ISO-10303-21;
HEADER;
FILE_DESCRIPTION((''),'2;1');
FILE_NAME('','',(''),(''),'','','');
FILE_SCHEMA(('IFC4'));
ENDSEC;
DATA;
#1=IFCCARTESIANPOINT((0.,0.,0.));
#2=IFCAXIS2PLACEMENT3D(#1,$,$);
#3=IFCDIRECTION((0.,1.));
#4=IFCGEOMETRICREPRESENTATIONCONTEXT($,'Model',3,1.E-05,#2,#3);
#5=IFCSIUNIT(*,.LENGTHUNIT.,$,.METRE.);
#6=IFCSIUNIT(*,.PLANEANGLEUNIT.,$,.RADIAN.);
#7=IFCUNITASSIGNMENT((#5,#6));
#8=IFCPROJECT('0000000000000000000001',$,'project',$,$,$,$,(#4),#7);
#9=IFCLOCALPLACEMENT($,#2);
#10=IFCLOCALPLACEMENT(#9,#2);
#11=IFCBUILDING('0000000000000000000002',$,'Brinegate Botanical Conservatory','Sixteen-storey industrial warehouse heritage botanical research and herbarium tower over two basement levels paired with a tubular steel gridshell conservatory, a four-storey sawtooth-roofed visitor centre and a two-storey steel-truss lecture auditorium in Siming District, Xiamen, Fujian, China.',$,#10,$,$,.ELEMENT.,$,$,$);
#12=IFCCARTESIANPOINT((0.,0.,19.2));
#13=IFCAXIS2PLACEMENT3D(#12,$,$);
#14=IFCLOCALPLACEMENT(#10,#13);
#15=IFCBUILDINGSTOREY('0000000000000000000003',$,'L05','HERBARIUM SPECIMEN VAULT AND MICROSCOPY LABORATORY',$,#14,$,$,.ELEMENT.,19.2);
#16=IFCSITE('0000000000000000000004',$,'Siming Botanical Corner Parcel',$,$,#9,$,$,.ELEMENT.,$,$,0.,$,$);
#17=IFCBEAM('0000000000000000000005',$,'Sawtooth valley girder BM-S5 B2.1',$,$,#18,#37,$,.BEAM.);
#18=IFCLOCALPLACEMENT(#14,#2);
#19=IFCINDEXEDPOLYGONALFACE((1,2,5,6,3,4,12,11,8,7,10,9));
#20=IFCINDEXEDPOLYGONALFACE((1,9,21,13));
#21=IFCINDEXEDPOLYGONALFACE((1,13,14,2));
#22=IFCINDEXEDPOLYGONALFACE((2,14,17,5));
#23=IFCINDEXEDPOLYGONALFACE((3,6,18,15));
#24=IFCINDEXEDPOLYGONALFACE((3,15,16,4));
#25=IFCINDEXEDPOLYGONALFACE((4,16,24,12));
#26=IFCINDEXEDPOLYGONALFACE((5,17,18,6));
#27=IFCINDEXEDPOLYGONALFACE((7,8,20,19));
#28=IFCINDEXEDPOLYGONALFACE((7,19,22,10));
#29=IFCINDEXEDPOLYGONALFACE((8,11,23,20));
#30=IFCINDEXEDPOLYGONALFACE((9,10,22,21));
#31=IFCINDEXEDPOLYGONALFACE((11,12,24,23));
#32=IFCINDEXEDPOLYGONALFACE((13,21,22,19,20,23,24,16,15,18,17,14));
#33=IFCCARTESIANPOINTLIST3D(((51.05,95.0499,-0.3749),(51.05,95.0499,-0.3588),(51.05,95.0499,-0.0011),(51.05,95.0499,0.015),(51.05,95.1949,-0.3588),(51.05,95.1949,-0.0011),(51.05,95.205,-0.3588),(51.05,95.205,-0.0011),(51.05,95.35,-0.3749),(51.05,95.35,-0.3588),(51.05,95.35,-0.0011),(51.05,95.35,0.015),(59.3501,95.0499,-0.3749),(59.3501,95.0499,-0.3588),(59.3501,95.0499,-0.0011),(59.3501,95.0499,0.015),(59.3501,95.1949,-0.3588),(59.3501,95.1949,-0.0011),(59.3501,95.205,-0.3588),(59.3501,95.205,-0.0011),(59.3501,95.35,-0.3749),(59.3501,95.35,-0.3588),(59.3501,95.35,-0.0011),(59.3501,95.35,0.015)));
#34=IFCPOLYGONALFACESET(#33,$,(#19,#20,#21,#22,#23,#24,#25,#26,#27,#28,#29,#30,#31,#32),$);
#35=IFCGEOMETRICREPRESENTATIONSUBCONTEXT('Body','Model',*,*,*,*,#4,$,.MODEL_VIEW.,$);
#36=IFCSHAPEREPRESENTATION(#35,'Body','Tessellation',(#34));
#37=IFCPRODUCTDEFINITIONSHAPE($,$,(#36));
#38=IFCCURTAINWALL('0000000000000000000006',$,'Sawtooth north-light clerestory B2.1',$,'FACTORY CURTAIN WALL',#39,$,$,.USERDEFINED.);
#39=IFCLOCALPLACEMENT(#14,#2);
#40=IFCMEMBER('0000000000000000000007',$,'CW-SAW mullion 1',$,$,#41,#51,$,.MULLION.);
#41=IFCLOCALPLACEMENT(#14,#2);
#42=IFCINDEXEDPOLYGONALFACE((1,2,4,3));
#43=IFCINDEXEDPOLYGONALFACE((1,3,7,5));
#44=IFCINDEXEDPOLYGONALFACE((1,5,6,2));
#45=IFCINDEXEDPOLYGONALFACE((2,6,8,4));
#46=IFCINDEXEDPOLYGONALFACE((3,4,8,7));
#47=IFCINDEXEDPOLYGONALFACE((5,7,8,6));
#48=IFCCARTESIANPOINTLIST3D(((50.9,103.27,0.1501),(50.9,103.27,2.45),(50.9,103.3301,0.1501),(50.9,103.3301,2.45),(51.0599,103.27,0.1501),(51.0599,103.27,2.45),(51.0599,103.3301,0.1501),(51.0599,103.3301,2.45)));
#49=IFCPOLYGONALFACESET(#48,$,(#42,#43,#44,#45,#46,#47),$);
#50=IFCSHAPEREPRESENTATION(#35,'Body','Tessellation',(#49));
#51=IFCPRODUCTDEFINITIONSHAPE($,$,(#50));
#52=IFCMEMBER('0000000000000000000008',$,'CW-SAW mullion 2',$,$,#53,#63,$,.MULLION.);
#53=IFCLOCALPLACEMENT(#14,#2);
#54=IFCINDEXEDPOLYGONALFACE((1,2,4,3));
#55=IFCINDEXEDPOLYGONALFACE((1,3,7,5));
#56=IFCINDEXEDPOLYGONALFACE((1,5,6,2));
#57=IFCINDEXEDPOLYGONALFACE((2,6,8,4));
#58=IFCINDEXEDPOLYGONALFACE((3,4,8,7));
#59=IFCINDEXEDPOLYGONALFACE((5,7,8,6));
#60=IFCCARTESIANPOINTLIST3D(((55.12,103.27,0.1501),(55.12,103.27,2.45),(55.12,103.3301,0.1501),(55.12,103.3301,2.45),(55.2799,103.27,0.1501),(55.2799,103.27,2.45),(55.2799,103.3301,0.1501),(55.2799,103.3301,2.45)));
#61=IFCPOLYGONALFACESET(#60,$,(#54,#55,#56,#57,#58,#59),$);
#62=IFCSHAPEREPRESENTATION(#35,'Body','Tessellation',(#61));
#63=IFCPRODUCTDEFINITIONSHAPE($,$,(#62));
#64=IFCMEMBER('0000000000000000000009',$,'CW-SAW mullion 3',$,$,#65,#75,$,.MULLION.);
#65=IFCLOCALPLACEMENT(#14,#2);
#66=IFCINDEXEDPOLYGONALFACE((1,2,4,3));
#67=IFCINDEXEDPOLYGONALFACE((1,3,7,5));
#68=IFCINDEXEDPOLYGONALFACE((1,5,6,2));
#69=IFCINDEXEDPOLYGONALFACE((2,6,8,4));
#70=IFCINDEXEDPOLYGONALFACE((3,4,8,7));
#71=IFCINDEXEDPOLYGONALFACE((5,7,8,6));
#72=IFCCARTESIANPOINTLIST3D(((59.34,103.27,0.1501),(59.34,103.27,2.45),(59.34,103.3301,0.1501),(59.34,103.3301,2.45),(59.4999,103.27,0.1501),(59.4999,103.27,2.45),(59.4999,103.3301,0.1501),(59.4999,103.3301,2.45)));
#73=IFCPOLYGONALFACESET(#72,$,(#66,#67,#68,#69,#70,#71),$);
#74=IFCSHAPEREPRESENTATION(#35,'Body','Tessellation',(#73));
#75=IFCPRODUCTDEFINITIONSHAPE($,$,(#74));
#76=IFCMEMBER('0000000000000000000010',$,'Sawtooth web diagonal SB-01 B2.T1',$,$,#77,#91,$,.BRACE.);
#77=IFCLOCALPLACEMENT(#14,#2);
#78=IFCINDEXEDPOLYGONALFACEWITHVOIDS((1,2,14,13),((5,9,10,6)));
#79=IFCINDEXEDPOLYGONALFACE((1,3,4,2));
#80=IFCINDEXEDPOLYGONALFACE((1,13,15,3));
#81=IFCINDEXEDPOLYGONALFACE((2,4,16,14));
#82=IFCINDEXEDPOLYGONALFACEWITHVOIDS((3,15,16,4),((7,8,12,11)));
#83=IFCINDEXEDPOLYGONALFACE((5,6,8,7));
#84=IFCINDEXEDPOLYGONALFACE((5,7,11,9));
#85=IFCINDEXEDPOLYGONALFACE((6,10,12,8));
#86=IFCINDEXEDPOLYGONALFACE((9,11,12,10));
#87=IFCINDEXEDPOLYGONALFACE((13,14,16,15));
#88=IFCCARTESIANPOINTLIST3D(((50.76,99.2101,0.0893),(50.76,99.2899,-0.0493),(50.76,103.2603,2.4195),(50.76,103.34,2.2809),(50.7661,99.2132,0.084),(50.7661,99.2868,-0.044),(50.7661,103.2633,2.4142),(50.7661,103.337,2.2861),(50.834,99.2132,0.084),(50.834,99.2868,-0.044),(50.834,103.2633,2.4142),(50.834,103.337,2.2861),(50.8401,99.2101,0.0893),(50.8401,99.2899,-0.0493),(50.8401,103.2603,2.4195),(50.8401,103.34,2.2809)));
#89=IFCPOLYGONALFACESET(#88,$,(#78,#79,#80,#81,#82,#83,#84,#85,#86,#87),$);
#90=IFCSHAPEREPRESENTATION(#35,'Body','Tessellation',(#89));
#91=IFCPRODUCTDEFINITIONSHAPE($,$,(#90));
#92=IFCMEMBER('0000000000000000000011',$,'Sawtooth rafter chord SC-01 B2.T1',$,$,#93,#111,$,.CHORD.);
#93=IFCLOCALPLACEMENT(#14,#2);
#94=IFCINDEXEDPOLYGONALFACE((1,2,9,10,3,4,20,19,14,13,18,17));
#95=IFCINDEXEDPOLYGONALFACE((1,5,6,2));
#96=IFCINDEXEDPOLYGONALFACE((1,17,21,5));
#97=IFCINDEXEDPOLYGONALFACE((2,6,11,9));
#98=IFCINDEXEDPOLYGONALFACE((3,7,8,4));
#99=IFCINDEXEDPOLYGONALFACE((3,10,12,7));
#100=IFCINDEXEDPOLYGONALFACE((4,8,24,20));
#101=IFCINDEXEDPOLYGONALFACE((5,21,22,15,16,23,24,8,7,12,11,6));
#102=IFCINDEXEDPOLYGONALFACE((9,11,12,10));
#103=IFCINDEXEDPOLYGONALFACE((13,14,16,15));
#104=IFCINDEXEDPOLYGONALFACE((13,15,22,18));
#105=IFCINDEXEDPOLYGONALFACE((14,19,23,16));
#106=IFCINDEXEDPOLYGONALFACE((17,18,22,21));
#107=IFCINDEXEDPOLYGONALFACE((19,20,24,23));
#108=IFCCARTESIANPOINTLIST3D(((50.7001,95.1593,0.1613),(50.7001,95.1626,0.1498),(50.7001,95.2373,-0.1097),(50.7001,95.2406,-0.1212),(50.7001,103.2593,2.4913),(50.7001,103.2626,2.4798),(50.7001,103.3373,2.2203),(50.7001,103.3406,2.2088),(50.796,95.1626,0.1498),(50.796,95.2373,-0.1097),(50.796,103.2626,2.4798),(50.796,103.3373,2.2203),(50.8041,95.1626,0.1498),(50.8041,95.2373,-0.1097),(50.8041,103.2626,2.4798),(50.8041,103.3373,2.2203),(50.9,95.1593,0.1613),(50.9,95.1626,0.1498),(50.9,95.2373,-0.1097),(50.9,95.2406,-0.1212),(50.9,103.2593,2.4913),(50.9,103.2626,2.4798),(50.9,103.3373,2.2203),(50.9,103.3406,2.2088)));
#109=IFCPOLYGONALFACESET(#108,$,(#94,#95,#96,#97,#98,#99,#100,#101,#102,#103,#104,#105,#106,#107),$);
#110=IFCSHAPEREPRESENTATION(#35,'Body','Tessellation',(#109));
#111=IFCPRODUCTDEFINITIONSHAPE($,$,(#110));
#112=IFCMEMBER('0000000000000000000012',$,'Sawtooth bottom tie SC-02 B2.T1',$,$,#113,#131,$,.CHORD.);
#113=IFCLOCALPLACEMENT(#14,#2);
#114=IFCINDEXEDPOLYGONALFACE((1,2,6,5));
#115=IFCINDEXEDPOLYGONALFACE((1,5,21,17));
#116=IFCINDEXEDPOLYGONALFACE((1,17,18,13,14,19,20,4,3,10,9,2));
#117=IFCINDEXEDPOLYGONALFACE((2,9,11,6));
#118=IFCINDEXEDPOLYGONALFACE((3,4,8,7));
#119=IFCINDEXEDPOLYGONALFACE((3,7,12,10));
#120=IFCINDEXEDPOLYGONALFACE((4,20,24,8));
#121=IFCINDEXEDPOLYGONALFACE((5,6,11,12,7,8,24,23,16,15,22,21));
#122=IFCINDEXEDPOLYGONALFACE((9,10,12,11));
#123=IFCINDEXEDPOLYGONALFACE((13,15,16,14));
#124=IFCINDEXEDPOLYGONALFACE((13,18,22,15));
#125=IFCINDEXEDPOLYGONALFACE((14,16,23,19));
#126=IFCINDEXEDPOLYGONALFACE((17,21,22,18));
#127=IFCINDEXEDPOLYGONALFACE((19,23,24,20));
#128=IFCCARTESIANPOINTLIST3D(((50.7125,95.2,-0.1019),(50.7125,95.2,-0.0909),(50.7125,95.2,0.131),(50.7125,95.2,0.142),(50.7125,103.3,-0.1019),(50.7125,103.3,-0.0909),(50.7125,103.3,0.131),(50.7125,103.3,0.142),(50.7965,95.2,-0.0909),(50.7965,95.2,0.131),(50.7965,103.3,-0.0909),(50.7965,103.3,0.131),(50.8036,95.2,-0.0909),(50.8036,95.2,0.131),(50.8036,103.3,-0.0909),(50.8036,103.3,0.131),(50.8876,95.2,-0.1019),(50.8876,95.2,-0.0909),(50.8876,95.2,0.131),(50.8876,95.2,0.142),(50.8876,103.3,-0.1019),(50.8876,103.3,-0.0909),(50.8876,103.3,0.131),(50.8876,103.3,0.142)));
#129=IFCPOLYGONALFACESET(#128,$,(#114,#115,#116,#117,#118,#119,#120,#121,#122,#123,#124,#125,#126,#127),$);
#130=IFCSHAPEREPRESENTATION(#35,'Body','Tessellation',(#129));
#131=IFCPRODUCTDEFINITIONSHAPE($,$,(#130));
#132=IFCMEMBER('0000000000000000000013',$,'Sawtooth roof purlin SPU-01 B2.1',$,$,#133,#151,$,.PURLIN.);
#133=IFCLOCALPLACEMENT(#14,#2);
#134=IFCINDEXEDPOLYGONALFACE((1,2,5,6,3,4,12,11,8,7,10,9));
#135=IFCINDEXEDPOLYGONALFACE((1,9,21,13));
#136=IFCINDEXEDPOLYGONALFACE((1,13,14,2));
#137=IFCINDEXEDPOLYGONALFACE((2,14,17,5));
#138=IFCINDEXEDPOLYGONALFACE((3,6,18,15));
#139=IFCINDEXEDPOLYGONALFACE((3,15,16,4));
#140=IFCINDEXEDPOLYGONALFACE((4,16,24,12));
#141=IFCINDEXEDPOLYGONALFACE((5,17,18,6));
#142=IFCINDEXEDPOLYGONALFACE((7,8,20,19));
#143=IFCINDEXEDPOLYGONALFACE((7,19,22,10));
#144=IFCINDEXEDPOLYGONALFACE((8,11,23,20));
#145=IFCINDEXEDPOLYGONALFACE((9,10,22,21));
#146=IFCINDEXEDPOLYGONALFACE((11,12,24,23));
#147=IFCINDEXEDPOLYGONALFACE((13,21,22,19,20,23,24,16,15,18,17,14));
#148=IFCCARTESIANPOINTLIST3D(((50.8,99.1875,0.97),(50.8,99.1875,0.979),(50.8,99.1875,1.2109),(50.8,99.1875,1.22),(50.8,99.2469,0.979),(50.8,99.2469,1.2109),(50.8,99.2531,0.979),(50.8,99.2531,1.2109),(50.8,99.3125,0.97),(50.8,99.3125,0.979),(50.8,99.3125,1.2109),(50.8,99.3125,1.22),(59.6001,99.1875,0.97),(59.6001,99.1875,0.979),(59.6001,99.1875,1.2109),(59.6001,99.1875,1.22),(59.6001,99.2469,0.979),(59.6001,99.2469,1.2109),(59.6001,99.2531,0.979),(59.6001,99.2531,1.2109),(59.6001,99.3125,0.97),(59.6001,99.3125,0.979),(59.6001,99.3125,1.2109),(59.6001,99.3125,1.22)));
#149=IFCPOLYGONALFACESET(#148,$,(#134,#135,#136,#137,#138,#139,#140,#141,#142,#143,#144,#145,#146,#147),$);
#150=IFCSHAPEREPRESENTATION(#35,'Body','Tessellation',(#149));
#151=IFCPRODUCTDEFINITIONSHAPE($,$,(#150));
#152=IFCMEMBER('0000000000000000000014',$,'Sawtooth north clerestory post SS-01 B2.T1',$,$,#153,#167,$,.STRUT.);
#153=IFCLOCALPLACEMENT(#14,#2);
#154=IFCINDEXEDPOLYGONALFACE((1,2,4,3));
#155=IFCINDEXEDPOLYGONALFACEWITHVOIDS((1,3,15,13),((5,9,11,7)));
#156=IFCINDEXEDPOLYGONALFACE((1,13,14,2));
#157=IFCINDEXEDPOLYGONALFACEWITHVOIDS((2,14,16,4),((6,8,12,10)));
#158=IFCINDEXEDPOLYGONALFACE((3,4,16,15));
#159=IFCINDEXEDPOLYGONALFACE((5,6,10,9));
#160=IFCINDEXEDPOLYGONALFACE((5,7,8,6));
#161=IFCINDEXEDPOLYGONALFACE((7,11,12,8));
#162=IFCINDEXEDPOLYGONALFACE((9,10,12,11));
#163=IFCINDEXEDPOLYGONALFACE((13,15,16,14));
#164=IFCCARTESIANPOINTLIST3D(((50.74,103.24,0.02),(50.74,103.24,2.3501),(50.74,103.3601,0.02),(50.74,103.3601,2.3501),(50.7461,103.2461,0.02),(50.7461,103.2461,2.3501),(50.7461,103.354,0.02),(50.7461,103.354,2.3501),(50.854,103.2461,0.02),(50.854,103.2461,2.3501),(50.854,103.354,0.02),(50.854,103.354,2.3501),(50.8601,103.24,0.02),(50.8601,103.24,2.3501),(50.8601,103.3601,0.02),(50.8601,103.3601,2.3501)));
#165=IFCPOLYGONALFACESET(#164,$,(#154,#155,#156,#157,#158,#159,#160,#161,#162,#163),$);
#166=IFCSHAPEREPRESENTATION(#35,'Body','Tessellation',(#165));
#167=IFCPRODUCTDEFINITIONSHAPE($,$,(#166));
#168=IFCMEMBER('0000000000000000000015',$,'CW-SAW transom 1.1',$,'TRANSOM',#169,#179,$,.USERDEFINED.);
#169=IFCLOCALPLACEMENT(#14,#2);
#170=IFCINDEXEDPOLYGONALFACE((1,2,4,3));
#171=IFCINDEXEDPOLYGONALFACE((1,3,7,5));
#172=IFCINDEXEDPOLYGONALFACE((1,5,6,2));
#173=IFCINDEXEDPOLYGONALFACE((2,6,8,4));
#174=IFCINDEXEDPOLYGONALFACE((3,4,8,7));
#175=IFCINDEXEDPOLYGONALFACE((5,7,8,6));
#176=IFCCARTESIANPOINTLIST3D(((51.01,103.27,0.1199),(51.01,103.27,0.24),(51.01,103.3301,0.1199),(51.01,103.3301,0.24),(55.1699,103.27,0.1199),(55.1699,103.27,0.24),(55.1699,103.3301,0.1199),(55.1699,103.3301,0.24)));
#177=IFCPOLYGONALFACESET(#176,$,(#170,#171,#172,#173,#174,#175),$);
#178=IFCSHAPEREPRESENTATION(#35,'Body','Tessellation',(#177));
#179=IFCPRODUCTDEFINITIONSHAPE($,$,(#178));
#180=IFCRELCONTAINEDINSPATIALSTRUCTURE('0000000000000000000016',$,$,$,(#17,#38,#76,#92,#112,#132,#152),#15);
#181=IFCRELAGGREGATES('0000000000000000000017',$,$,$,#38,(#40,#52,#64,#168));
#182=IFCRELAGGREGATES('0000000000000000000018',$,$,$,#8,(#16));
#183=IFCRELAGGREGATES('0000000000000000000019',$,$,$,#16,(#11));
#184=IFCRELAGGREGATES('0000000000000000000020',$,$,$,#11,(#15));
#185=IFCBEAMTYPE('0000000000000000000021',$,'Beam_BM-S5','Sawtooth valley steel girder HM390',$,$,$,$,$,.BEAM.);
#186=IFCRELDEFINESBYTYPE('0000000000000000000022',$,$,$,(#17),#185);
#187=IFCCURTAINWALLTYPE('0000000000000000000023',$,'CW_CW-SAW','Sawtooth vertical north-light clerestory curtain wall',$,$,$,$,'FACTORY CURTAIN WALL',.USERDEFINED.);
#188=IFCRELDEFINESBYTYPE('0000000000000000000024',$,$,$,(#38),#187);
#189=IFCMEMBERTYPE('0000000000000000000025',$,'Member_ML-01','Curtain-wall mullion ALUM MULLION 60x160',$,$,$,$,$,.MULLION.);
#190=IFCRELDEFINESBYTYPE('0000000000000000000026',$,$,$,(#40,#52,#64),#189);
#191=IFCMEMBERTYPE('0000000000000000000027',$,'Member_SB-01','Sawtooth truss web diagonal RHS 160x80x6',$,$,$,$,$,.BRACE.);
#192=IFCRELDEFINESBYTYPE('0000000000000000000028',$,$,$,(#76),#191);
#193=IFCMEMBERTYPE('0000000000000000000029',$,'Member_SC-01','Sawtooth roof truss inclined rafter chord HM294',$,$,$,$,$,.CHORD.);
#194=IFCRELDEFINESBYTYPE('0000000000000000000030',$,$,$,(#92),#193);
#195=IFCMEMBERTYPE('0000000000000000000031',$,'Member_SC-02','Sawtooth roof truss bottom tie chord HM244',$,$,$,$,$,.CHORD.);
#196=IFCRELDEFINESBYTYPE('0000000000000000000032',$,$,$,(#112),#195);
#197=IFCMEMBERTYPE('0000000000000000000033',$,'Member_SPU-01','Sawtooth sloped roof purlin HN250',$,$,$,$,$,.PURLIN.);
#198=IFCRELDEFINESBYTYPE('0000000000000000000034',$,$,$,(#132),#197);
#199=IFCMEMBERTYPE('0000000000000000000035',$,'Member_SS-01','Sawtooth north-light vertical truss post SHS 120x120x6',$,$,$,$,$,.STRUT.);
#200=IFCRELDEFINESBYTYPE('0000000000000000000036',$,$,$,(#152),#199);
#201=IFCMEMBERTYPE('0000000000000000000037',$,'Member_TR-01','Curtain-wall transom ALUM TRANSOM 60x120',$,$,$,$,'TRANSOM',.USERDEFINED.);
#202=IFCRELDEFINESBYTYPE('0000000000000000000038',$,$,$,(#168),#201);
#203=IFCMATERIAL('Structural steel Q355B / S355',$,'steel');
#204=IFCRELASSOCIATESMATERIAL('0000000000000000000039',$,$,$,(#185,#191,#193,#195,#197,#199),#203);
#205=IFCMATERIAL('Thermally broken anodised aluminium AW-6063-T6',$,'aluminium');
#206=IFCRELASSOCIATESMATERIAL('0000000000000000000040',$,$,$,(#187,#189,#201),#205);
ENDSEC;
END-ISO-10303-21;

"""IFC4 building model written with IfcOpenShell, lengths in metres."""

from ifc_helpers import new_model, si_unit, direction, frame, origin, origin_2d, place, context, subcontext, project, spatial, rectangle, hollow_rectangle, i_section, extrude, material, material_profile, profile_set, type_object, element, aggregate, save


model = new_model("IFC4")

# Units and contexts
model_context = context("Model", 3, precision=1e-05, world=origin(), true_north=direction((0.0, 1.0)))
body_context = subcontext(model_context, "Body", "Model", "MODEL_VIEW")
ifc_project = project(units=[si_unit("LENGTHUNIT", "METRE"), si_unit("PLANEANGLEUNIT", "RADIAN")], contexts=[model_context])

# Site, building, storey
site_placement = place(None, origin())
site = spatial("IfcSite", under=ifc_project, at=site_placement, Name="Siming Botanical Corner Parcel", CompositionType="ELEMENT", RefElevation=0.0)
building_placement = place(site_placement, origin())
building = spatial("IfcBuilding", under=site, at=building_placement, Name="Brinegate Botanical Conservatory", Description="Sixteen-storey industrial warehouse heritage botanical research and herbarium tower over two basement levels paired with a tubular steel gridshell conservatory, a four-storey sawtooth-roofed visitor centre and a two-storey steel-truss lecture auditorium in Siming District, Xiamen, Fujian, China.", CompositionType="ELEMENT")
storey_placement = place(building_placement, frame((0.0, 0.0, 19.2)))
storey = spatial("IfcBuildingStorey", under=building, at=storey_placement, Name="L05", Description="HERBARIUM SPECIMEN VAULT AND MICROSCOPY LABORATORY", CompositionType="ELEMENT", Elevation=19.2)

# Beam
ifc_material_1 = material(Name="Structural steel Q355B / S355", Category="steel")
ifc_material_profile_1 = material_profile(ifc_material_1, i_section(OverallWidth=0.3, OverallDepth=0.3899, WebThickness=0.01, FlangeThickness=0.0161, at=origin_2d()), Name="HM 390x300x10x16")
ifc_profile_set_1 = profile_set([ifc_material_profile_1], Name="Structural steel Q355B / S355")
beam_type = type_object("IfcBeamType", Name="Beam_BM-S5", Description="Sawtooth valley steel girder HM390", PredefinedType="BEAM", material=ifc_profile_set_1)
beam_placement = place(storey_placement, frame((51.05, 95.2, -0.1799), z_axis=(1.0, 0.0, 0.0), x_axis=(0.0, 1.0, 0.0)))
element("IfcBeam", 1, at=beam_placement, inside=storey, type_object=beam_type, Name="Sawtooth valley girder BM-S5 B2.1", PredefinedType="BEAM", context=body_context, shape_type="SweptSolid", body=[
    extrude(i_section(OverallWidth=0.3, OverallDepth=0.3899, WebThickness=0.01, FlangeThickness=0.0161, at=origin_2d()), origin(), (0.0, 0.0, 1.0), 8.3),
])

# Curtain wall, members
ifc_material_2 = material(Name="Thermally broken anodised aluminium AW-6063-T6", Category="aluminium")
curtain_wall_type = type_object("IfcCurtainWallType", Name="CW_CW-SAW", Description="Sawtooth vertical north-light clerestory curtain wall", ElementType="FACTORY CURTAIN WALL", PredefinedType="USERDEFINED", material=ifc_material_2)
curtain_wall_placement = place(storey_placement, origin())
curtain_wall = element("IfcCurtainWall", 2, at=curtain_wall_placement, inside=storey, type_object=curtain_wall_type, Name="Sawtooth north-light clerestory B2.1", ObjectType="FACTORY CURTAIN WALL", PredefinedType="USERDEFINED")
ifc_material_profile_2 = material_profile(ifc_material_2, rectangle(XDim=0.0601, YDim=0.1599, at=origin_2d()), Name="ALUM MULLION 60x160")
ifc_profile_set_2 = profile_set([ifc_material_profile_2], Name="Thermally broken anodised aluminium AW-6063-T6")
member_type_1 = type_object("IfcMemberType", Name="Member_ML-01", Description="Curtain-wall mullion ALUM MULLION 60x160", PredefinedType="MULLION", material=ifc_profile_set_2)
member_1_placement = place(storey_placement, frame((50.98, 103.3, 0.1501), z_axis=(0.0, 0.0, 1.0), x_axis=(0.0, 1.0, 0.0)))
member_1 = element("IfcMember", 3, at=member_1_placement, type_object=member_type_1, Name="CW-SAW mullion 1", PredefinedType="MULLION", context=body_context, shape_type="SweptSolid", body=[
    extrude(rectangle(XDim=0.0601, YDim=0.1599, at=origin_2d()), origin(), (0.0, 0.0, 1.0), 2.2998),
])
member_2_placement = place(storey_placement, frame((55.2, 103.3, 0.1501), z_axis=(0.0, 0.0, 1.0), x_axis=(0.0, 1.0, 0.0)))
member_2 = element("IfcMember", 4, at=member_2_placement, type_object=member_type_1, Name="CW-SAW mullion 2", PredefinedType="MULLION", context=body_context, shape_type="SweptSolid", body=[
    extrude(rectangle(XDim=0.0601, YDim=0.1599, at=origin_2d()), origin(), (0.0, 0.0, 1.0), 2.2998),
])
member_3_placement = place(storey_placement, frame((59.4199, 103.3, 0.1501), z_axis=(0.0, 0.0, 1.0), x_axis=(0.0, 1.0, 0.0)))
member_3 = element("IfcMember", 5, at=member_3_placement, type_object=member_type_1, Name="CW-SAW mullion 3", PredefinedType="MULLION", context=body_context, shape_type="SweptSolid", body=[
    extrude(rectangle(XDim=0.0601, YDim=0.1599, at=origin_2d()), origin(), (0.0, 0.0, 1.0), 2.2998),
])

# Members
ifc_material_profile_3 = material_profile(ifc_material_1, hollow_rectangle(XDim=0.0801, YDim=0.1599, WallThickness=0.0061, at=origin_2d()), Name="RHS 160x80x6")
ifc_profile_set_3 = profile_set([ifc_material_profile_3], Name="Structural steel Q355B / S355")
member_type_2 = type_object("IfcMemberType", Name="Member_SB-01", Description="Sawtooth truss web diagonal RHS 160x80x6", PredefinedType="BRACE", material=ifc_profile_set_3)
member_4_placement = place(storey_placement, frame((50.8, 99.25, 0.02), z_axis=(0.0, 0.866786, 0.49868), x_axis=(-1.0, 0.0, 0.0)))
element("IfcMember", 6, at=member_4_placement, inside=storey, type_object=member_type_2, Name="Sawtooth web diagonal SB-01 B2.T1", PredefinedType="BRACE", context=body_context, shape_type="SweptSolid", body=[
    extrude(hollow_rectangle(XDim=0.0801, YDim=0.1599, WallThickness=0.0061, at=origin_2d()), origin(), (0.0, 0.0, 1.0), 4.6726),
])
ifc_material_profile_4 = material_profile(ifc_material_1, i_section(OverallWidth=0.2, OverallDepth=0.2939, WebThickness=0.0081, FlangeThickness=0.012, at=origin_2d()), Name="HM 294x200x8x12")
ifc_profile_set_4 = profile_set([ifc_material_profile_4], Name="Structural steel Q355B / S355")
member_type_3 = type_object("IfcMemberType", Name="Member_SC-01", Description="Sawtooth roof truss inclined rafter chord HM294", PredefinedType="CHORD", material=ifc_profile_set_4)
member_5_placement = place(storey_placement, frame((50.8, 95.2, 0.02), z_axis=(0.0, 0.961028, 0.27645), x_axis=(-1.0, 0.0, 0.0)))
element("IfcMember", 7, at=member_5_placement, inside=storey, type_object=member_type_3, Name="Sawtooth rafter chord SC-01 B2.T1", PredefinedType="CHORD", context=body_context, shape_type="SweptSolid", body=[
    extrude(i_section(OverallWidth=0.2, OverallDepth=0.2939, WebThickness=0.0081, FlangeThickness=0.012, at=origin_2d()), origin(), (0.0, 0.0, 1.0), 8.4285),
])
ifc_material_profile_5 = material_profile(ifc_material_1, i_section(OverallWidth=0.175, OverallDepth=0.2439, WebThickness=0.0071, FlangeThickness=0.011, at=origin_2d()), Name="HM 244x175x7x11")
ifc_profile_set_5 = profile_set([ifc_material_profile_5], Name="Structural steel Q355B / S355")
member_type_4 = type_object("IfcMemberType", Name="Member_SC-02", Description="Sawtooth roof truss bottom tie chord HM244", PredefinedType="CHORD", material=ifc_profile_set_5)
member_6_placement = place(storey_placement, frame((50.8, 95.2, 0.02), z_axis=(0.0, 1.0, 0.0), x_axis=(-1.0, 0.0, 0.0)))
element("IfcMember", 8, at=member_6_placement, inside=storey, type_object=member_type_4, Name="Sawtooth bottom tie SC-02 B2.T1", PredefinedType="CHORD", context=body_context, shape_type="SweptSolid", body=[
    extrude(i_section(OverallWidth=0.175, OverallDepth=0.2439, WebThickness=0.0071, FlangeThickness=0.011, at=origin_2d()), origin(), (0.0, 0.0, 1.0), 8.1001),
])
ifc_material_profile_6 = material_profile(ifc_material_1, i_section(OverallWidth=0.125, OverallDepth=0.25, WebThickness=0.0061, FlangeThickness=0.009, at=origin_2d()), Name="HN 250x125x6x9")
ifc_profile_set_6 = profile_set([ifc_material_profile_6], Name="Structural steel Q355B / S355")
member_type_5 = type_object("IfcMemberType", Name="Member_SPU-01", Description="Sawtooth sloped roof purlin HN250", PredefinedType="PURLIN", material=ifc_profile_set_6)
member_7_placement = place(storey_placement, frame((50.8, 99.25, 1.095), z_axis=(1.0, 0.0, 0.0), x_axis=(0.0, 1.0, 0.0)))
element("IfcMember", 9, at=member_7_placement, inside=storey, type_object=member_type_5, Name="Sawtooth roof purlin SPU-01 B2.1", PredefinedType="PURLIN", context=body_context, shape_type="SweptSolid", body=[
    extrude(i_section(OverallWidth=0.125, OverallDepth=0.25, WebThickness=0.0061, FlangeThickness=0.009, at=origin_2d()), origin(), (0.0, 0.0, 1.0), 8.8),
])
ifc_material_profile_7 = material_profile(ifc_material_1, hollow_rectangle(XDim=0.1201, YDim=0.1201, WallThickness=0.0061, at=origin_2d()), Name="SHS 120x120x6")
ifc_profile_set_7 = profile_set([ifc_material_profile_7], Name="Structural steel Q355B / S355")
member_type_6 = type_object("IfcMemberType", Name="Member_SS-01", Description="Sawtooth north-light vertical truss post SHS 120x120x6", PredefinedType="STRUT", material=ifc_profile_set_7)
member_8_placement = place(storey_placement, frame((50.8, 103.3, 0.02), z_axis=(0.0, 0.0, 1.0), x_axis=(1.0, 0.0, 0.0)))
element("IfcMember", 10, at=member_8_placement, inside=storey, type_object=member_type_6, Name="Sawtooth north clerestory post SS-01 B2.T1", PredefinedType="STRUT", context=body_context, shape_type="SweptSolid", body=[
    extrude(hollow_rectangle(XDim=0.1201, YDim=0.1201, WallThickness=0.0061, at=origin_2d()), origin(), (0.0, 0.0, 1.0), 2.3301),
])

# Member
ifc_material_profile_8 = material_profile(ifc_material_2, rectangle(XDim=0.0601, YDim=0.1201, at=origin_2d()), Name="ALUM TRANSOM 60x120")
ifc_profile_set_8 = profile_set([ifc_material_profile_8], Name="Thermally broken anodised aluminium AW-6063-T6")
member_type_7 = type_object("IfcMemberType", Name="Member_TR-01", Description="Curtain-wall transom ALUM TRANSOM 60x120", ElementType="TRANSOM", PredefinedType="USERDEFINED", material=ifc_profile_set_8)
member_9_placement = place(storey_placement, frame((51.01, 103.3, 0.1799), z_axis=(1.0, 0.0, 0.0), x_axis=(0.0, 1.0, 0.0)))
member_9 = element("IfcMember", 11, at=member_9_placement, type_object=member_type_7, Name="CW-SAW transom 1.1", ObjectType="TRANSOM", PredefinedType="USERDEFINED", context=body_context, shape_type="SweptSolid", body=[
    extrude(rectangle(XDim=0.0601, YDim=0.1201, at=origin_2d()), origin(), (0.0, 0.0, 1.0), 4.1599),
])

aggregate(curtain_wall, [member_1, member_2, member_3, member_9])

save(model, "model.ifc")
